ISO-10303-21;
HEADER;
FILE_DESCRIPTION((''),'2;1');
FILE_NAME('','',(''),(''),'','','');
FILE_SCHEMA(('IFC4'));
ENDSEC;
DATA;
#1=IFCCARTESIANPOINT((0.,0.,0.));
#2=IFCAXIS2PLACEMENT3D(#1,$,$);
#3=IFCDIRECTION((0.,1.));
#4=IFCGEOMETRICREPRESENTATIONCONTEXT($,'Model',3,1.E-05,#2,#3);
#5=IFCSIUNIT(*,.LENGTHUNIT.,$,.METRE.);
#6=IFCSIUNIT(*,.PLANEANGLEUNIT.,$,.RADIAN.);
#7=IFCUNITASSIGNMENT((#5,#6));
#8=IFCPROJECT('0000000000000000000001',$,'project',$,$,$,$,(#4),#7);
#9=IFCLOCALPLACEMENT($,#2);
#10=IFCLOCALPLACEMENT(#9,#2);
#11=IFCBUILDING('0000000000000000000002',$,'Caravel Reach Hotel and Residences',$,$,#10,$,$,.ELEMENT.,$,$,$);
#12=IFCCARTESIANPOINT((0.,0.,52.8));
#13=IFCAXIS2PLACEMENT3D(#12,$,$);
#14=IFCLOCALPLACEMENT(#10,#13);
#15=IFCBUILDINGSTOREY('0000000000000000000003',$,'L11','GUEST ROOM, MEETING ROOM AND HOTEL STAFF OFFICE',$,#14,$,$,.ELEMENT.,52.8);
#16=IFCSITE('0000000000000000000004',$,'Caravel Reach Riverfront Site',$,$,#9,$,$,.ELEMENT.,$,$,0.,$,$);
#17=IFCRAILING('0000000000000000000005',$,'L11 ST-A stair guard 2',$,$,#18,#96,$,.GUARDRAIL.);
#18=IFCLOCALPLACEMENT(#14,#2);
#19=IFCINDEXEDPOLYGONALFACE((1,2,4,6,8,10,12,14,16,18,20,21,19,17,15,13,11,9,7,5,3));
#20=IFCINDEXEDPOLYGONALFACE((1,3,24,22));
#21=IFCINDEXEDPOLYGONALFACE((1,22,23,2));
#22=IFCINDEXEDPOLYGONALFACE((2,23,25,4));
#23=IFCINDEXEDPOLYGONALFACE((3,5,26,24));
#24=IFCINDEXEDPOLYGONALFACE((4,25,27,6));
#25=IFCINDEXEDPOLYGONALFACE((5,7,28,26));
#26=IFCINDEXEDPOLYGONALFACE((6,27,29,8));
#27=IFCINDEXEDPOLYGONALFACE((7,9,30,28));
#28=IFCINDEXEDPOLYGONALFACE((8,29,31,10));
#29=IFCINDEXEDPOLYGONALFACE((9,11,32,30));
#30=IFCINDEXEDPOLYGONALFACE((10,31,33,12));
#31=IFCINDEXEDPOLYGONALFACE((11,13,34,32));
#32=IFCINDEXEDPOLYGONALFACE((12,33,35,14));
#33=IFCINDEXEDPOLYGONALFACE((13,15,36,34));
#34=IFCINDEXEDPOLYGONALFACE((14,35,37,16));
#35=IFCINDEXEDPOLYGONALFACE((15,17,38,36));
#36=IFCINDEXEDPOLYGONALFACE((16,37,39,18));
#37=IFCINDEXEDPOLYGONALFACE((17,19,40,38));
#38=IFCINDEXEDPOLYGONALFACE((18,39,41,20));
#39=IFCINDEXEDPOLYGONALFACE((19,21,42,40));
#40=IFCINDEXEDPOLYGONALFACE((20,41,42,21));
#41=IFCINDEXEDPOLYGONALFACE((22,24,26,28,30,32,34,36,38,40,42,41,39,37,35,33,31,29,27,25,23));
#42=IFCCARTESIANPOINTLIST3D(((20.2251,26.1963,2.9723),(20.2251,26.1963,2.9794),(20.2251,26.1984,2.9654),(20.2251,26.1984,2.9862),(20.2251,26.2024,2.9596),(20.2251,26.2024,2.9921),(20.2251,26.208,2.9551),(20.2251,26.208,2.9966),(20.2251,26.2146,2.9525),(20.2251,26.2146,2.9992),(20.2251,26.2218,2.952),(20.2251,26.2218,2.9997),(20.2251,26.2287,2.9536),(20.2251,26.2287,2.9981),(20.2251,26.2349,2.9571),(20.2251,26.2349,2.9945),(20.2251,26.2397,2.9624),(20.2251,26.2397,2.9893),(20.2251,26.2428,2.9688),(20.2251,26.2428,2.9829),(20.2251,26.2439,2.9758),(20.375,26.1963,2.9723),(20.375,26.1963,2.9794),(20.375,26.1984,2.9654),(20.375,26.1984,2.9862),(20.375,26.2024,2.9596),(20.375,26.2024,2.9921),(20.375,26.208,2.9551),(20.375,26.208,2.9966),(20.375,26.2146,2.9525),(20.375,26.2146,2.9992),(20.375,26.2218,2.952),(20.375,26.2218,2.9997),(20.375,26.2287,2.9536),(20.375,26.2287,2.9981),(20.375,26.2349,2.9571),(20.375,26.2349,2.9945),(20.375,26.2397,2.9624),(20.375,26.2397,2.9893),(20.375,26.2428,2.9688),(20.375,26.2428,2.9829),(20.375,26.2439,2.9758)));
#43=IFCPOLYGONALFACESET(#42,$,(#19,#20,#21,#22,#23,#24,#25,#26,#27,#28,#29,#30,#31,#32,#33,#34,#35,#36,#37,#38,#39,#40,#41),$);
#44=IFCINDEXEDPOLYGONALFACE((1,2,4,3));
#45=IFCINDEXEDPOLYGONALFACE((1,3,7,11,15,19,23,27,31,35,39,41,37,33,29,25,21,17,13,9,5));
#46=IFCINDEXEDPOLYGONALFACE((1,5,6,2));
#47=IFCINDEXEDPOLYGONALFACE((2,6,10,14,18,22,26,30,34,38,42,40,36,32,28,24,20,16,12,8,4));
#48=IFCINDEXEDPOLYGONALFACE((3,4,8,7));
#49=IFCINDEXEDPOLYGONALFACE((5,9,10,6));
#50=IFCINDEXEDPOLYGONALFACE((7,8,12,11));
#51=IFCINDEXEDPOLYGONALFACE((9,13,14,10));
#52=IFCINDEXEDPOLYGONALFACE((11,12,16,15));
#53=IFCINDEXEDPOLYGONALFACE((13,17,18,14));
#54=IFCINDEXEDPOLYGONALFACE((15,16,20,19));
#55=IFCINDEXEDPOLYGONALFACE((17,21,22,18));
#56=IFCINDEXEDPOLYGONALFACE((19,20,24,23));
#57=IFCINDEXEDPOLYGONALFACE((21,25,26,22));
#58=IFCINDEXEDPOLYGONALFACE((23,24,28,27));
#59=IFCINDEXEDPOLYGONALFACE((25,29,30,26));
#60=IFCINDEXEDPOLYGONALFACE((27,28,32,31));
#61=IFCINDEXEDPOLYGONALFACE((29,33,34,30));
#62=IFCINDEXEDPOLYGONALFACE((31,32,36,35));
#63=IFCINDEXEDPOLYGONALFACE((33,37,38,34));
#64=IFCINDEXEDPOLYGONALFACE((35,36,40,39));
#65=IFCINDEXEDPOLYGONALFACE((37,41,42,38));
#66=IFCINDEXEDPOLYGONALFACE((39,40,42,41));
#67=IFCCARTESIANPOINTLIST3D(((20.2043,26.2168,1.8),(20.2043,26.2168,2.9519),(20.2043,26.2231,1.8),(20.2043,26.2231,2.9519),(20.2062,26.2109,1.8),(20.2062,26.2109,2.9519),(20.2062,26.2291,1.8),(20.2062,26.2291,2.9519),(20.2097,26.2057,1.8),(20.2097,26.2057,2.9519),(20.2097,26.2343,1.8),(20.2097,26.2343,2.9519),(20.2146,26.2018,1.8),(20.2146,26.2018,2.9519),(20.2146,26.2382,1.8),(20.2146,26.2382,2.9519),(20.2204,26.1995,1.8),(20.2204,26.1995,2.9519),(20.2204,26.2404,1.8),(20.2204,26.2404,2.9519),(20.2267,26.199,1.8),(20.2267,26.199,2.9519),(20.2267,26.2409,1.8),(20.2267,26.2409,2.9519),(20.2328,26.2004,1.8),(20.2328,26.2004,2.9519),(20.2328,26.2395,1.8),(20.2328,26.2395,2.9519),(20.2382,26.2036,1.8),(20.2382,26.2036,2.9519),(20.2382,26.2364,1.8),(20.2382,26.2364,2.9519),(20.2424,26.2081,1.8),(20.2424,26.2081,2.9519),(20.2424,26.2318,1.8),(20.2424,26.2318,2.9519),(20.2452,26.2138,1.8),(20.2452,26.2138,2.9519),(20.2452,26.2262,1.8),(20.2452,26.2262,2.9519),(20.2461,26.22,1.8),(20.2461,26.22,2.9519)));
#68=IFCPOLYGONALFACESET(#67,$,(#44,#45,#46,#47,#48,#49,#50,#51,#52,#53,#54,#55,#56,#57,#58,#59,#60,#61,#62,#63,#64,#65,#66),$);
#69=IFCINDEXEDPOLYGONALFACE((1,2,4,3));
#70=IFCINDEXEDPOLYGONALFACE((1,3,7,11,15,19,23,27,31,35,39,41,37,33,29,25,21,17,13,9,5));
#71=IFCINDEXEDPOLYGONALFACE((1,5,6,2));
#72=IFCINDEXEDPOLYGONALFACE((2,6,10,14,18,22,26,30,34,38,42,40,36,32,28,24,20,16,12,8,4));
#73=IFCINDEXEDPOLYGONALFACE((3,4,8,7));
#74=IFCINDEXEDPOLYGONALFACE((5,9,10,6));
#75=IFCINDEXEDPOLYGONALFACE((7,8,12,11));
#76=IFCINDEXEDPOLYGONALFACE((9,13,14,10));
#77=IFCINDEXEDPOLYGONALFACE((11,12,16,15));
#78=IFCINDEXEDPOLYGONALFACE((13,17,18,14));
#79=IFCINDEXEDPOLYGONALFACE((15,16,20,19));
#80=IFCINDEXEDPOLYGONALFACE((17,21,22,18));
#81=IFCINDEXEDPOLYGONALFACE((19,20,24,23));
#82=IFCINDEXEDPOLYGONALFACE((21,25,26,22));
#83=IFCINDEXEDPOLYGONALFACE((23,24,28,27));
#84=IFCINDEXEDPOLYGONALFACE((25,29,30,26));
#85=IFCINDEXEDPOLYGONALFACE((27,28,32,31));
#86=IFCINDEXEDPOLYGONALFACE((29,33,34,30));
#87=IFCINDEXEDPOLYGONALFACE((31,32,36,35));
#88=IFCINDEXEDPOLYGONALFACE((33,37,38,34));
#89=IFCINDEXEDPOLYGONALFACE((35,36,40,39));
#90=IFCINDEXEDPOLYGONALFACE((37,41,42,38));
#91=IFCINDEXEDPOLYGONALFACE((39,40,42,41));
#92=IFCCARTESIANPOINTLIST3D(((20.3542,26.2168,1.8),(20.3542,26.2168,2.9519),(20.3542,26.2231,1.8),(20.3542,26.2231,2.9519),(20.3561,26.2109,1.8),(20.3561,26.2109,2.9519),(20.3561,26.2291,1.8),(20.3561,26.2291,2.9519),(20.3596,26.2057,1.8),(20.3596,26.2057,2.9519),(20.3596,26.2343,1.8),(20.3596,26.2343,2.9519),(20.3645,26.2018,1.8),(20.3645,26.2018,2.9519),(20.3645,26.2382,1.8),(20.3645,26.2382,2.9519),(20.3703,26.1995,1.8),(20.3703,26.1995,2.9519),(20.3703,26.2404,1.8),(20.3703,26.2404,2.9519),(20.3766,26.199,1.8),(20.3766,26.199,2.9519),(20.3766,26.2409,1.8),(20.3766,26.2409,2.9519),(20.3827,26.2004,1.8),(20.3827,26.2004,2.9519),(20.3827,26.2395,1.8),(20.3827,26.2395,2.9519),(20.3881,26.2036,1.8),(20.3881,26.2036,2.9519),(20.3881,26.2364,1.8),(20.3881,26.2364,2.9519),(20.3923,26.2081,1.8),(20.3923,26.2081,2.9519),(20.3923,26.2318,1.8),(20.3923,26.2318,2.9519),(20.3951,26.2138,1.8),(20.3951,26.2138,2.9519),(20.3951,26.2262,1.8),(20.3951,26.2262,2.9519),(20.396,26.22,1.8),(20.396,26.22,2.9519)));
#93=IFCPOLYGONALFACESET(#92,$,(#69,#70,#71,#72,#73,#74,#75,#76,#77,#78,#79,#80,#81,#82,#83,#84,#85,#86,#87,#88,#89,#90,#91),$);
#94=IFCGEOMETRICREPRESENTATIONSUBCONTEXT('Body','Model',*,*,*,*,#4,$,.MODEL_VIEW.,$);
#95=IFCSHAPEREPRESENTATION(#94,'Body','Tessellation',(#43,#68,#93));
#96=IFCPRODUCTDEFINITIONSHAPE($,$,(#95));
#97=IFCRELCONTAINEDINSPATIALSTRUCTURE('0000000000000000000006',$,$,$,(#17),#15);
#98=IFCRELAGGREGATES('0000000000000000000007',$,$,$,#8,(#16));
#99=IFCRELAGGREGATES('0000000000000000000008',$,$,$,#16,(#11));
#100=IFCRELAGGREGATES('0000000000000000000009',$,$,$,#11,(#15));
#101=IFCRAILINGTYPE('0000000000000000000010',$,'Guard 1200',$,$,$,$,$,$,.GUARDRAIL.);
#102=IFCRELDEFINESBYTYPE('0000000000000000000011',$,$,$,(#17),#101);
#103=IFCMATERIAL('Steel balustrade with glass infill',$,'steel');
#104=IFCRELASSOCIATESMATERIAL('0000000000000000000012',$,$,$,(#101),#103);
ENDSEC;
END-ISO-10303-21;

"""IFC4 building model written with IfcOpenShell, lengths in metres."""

from ifc_helpers import new_model, si_unit, direction, frame, origin, origin_2d, place, context, subcontext, project, spatial, circle, extrude, material, type_object, element, save


model = new_model("IFC4")

# Units and contexts
model_context = context("Model", 3, precision=1e-05, world=origin(), true_north=direction((0.0, 1.0)))
body_context = subcontext(model_context, "Body", "Model", "MODEL_VIEW")
ifc_project = project(units=[si_unit("LENGTHUNIT", "METRE"), si_unit("PLANEANGLEUNIT", "RADIAN")], contexts=[model_context])

# Site, building, storey
site_placement = place(None, origin())
site = spatial("IfcSite", under=ifc_project, at=site_placement, Name="Caravel Reach Riverfront Site", CompositionType="ELEMENT", RefElevation=0.0)
building_placement = place(site_placement, origin())
building = spatial("IfcBuilding", under=site, at=building_placement, Name="Caravel Reach Hotel and Residences", CompositionType="ELEMENT")
storey_placement = place(building_placement, frame((0.0, 0.0, 52.8)))
storey = spatial("IfcBuildingStorey", under=building, at=storey_placement, Name="L11", Description="GUEST ROOM, MEETING ROOM AND HOTEL STAFF OFFICE", CompositionType="ELEMENT", Elevation=52.8)

# Railing
ifc_material_1 = material(Name="Steel balustrade with glass infill", Category="steel")
railing_type_1 = type_object("IfcRailingType", Name="Guard 1200", PredefinedType="GUARDRAIL", material=ifc_material_1)
railing_1_placement = place(storey_placement, frame((20.2251, 26.22, 1.8)))
element("IfcRailing", 1, at=railing_1_placement, inside=storey, type_object=railing_type_1, Name="L11 ST-A stair guard 2", PredefinedType="GUARDRAIL", context=body_context, shape_type="SweptSolid", body=[
    extrude(circle(Radius=0.0239, at=origin_2d()), frame((0.0, 0.0, 1.1758), z_axis=(1.0, 0.0, 0.0), x_axis=(0.0, 1.0, 0.0)), (0.0, 0.0, 1.0), 0.1499),
    extrude(circle(Radius=0.021, at=origin_2d()), origin(), (0.0, 0.0, 1.0), 1.1519),
    extrude(circle(Radius=0.021, at=origin_2d()), frame((0.1499, 0.0, 0.0)), (0.0, 0.0, 1.0), 1.1519),
])

save(model, "model.ifc")
